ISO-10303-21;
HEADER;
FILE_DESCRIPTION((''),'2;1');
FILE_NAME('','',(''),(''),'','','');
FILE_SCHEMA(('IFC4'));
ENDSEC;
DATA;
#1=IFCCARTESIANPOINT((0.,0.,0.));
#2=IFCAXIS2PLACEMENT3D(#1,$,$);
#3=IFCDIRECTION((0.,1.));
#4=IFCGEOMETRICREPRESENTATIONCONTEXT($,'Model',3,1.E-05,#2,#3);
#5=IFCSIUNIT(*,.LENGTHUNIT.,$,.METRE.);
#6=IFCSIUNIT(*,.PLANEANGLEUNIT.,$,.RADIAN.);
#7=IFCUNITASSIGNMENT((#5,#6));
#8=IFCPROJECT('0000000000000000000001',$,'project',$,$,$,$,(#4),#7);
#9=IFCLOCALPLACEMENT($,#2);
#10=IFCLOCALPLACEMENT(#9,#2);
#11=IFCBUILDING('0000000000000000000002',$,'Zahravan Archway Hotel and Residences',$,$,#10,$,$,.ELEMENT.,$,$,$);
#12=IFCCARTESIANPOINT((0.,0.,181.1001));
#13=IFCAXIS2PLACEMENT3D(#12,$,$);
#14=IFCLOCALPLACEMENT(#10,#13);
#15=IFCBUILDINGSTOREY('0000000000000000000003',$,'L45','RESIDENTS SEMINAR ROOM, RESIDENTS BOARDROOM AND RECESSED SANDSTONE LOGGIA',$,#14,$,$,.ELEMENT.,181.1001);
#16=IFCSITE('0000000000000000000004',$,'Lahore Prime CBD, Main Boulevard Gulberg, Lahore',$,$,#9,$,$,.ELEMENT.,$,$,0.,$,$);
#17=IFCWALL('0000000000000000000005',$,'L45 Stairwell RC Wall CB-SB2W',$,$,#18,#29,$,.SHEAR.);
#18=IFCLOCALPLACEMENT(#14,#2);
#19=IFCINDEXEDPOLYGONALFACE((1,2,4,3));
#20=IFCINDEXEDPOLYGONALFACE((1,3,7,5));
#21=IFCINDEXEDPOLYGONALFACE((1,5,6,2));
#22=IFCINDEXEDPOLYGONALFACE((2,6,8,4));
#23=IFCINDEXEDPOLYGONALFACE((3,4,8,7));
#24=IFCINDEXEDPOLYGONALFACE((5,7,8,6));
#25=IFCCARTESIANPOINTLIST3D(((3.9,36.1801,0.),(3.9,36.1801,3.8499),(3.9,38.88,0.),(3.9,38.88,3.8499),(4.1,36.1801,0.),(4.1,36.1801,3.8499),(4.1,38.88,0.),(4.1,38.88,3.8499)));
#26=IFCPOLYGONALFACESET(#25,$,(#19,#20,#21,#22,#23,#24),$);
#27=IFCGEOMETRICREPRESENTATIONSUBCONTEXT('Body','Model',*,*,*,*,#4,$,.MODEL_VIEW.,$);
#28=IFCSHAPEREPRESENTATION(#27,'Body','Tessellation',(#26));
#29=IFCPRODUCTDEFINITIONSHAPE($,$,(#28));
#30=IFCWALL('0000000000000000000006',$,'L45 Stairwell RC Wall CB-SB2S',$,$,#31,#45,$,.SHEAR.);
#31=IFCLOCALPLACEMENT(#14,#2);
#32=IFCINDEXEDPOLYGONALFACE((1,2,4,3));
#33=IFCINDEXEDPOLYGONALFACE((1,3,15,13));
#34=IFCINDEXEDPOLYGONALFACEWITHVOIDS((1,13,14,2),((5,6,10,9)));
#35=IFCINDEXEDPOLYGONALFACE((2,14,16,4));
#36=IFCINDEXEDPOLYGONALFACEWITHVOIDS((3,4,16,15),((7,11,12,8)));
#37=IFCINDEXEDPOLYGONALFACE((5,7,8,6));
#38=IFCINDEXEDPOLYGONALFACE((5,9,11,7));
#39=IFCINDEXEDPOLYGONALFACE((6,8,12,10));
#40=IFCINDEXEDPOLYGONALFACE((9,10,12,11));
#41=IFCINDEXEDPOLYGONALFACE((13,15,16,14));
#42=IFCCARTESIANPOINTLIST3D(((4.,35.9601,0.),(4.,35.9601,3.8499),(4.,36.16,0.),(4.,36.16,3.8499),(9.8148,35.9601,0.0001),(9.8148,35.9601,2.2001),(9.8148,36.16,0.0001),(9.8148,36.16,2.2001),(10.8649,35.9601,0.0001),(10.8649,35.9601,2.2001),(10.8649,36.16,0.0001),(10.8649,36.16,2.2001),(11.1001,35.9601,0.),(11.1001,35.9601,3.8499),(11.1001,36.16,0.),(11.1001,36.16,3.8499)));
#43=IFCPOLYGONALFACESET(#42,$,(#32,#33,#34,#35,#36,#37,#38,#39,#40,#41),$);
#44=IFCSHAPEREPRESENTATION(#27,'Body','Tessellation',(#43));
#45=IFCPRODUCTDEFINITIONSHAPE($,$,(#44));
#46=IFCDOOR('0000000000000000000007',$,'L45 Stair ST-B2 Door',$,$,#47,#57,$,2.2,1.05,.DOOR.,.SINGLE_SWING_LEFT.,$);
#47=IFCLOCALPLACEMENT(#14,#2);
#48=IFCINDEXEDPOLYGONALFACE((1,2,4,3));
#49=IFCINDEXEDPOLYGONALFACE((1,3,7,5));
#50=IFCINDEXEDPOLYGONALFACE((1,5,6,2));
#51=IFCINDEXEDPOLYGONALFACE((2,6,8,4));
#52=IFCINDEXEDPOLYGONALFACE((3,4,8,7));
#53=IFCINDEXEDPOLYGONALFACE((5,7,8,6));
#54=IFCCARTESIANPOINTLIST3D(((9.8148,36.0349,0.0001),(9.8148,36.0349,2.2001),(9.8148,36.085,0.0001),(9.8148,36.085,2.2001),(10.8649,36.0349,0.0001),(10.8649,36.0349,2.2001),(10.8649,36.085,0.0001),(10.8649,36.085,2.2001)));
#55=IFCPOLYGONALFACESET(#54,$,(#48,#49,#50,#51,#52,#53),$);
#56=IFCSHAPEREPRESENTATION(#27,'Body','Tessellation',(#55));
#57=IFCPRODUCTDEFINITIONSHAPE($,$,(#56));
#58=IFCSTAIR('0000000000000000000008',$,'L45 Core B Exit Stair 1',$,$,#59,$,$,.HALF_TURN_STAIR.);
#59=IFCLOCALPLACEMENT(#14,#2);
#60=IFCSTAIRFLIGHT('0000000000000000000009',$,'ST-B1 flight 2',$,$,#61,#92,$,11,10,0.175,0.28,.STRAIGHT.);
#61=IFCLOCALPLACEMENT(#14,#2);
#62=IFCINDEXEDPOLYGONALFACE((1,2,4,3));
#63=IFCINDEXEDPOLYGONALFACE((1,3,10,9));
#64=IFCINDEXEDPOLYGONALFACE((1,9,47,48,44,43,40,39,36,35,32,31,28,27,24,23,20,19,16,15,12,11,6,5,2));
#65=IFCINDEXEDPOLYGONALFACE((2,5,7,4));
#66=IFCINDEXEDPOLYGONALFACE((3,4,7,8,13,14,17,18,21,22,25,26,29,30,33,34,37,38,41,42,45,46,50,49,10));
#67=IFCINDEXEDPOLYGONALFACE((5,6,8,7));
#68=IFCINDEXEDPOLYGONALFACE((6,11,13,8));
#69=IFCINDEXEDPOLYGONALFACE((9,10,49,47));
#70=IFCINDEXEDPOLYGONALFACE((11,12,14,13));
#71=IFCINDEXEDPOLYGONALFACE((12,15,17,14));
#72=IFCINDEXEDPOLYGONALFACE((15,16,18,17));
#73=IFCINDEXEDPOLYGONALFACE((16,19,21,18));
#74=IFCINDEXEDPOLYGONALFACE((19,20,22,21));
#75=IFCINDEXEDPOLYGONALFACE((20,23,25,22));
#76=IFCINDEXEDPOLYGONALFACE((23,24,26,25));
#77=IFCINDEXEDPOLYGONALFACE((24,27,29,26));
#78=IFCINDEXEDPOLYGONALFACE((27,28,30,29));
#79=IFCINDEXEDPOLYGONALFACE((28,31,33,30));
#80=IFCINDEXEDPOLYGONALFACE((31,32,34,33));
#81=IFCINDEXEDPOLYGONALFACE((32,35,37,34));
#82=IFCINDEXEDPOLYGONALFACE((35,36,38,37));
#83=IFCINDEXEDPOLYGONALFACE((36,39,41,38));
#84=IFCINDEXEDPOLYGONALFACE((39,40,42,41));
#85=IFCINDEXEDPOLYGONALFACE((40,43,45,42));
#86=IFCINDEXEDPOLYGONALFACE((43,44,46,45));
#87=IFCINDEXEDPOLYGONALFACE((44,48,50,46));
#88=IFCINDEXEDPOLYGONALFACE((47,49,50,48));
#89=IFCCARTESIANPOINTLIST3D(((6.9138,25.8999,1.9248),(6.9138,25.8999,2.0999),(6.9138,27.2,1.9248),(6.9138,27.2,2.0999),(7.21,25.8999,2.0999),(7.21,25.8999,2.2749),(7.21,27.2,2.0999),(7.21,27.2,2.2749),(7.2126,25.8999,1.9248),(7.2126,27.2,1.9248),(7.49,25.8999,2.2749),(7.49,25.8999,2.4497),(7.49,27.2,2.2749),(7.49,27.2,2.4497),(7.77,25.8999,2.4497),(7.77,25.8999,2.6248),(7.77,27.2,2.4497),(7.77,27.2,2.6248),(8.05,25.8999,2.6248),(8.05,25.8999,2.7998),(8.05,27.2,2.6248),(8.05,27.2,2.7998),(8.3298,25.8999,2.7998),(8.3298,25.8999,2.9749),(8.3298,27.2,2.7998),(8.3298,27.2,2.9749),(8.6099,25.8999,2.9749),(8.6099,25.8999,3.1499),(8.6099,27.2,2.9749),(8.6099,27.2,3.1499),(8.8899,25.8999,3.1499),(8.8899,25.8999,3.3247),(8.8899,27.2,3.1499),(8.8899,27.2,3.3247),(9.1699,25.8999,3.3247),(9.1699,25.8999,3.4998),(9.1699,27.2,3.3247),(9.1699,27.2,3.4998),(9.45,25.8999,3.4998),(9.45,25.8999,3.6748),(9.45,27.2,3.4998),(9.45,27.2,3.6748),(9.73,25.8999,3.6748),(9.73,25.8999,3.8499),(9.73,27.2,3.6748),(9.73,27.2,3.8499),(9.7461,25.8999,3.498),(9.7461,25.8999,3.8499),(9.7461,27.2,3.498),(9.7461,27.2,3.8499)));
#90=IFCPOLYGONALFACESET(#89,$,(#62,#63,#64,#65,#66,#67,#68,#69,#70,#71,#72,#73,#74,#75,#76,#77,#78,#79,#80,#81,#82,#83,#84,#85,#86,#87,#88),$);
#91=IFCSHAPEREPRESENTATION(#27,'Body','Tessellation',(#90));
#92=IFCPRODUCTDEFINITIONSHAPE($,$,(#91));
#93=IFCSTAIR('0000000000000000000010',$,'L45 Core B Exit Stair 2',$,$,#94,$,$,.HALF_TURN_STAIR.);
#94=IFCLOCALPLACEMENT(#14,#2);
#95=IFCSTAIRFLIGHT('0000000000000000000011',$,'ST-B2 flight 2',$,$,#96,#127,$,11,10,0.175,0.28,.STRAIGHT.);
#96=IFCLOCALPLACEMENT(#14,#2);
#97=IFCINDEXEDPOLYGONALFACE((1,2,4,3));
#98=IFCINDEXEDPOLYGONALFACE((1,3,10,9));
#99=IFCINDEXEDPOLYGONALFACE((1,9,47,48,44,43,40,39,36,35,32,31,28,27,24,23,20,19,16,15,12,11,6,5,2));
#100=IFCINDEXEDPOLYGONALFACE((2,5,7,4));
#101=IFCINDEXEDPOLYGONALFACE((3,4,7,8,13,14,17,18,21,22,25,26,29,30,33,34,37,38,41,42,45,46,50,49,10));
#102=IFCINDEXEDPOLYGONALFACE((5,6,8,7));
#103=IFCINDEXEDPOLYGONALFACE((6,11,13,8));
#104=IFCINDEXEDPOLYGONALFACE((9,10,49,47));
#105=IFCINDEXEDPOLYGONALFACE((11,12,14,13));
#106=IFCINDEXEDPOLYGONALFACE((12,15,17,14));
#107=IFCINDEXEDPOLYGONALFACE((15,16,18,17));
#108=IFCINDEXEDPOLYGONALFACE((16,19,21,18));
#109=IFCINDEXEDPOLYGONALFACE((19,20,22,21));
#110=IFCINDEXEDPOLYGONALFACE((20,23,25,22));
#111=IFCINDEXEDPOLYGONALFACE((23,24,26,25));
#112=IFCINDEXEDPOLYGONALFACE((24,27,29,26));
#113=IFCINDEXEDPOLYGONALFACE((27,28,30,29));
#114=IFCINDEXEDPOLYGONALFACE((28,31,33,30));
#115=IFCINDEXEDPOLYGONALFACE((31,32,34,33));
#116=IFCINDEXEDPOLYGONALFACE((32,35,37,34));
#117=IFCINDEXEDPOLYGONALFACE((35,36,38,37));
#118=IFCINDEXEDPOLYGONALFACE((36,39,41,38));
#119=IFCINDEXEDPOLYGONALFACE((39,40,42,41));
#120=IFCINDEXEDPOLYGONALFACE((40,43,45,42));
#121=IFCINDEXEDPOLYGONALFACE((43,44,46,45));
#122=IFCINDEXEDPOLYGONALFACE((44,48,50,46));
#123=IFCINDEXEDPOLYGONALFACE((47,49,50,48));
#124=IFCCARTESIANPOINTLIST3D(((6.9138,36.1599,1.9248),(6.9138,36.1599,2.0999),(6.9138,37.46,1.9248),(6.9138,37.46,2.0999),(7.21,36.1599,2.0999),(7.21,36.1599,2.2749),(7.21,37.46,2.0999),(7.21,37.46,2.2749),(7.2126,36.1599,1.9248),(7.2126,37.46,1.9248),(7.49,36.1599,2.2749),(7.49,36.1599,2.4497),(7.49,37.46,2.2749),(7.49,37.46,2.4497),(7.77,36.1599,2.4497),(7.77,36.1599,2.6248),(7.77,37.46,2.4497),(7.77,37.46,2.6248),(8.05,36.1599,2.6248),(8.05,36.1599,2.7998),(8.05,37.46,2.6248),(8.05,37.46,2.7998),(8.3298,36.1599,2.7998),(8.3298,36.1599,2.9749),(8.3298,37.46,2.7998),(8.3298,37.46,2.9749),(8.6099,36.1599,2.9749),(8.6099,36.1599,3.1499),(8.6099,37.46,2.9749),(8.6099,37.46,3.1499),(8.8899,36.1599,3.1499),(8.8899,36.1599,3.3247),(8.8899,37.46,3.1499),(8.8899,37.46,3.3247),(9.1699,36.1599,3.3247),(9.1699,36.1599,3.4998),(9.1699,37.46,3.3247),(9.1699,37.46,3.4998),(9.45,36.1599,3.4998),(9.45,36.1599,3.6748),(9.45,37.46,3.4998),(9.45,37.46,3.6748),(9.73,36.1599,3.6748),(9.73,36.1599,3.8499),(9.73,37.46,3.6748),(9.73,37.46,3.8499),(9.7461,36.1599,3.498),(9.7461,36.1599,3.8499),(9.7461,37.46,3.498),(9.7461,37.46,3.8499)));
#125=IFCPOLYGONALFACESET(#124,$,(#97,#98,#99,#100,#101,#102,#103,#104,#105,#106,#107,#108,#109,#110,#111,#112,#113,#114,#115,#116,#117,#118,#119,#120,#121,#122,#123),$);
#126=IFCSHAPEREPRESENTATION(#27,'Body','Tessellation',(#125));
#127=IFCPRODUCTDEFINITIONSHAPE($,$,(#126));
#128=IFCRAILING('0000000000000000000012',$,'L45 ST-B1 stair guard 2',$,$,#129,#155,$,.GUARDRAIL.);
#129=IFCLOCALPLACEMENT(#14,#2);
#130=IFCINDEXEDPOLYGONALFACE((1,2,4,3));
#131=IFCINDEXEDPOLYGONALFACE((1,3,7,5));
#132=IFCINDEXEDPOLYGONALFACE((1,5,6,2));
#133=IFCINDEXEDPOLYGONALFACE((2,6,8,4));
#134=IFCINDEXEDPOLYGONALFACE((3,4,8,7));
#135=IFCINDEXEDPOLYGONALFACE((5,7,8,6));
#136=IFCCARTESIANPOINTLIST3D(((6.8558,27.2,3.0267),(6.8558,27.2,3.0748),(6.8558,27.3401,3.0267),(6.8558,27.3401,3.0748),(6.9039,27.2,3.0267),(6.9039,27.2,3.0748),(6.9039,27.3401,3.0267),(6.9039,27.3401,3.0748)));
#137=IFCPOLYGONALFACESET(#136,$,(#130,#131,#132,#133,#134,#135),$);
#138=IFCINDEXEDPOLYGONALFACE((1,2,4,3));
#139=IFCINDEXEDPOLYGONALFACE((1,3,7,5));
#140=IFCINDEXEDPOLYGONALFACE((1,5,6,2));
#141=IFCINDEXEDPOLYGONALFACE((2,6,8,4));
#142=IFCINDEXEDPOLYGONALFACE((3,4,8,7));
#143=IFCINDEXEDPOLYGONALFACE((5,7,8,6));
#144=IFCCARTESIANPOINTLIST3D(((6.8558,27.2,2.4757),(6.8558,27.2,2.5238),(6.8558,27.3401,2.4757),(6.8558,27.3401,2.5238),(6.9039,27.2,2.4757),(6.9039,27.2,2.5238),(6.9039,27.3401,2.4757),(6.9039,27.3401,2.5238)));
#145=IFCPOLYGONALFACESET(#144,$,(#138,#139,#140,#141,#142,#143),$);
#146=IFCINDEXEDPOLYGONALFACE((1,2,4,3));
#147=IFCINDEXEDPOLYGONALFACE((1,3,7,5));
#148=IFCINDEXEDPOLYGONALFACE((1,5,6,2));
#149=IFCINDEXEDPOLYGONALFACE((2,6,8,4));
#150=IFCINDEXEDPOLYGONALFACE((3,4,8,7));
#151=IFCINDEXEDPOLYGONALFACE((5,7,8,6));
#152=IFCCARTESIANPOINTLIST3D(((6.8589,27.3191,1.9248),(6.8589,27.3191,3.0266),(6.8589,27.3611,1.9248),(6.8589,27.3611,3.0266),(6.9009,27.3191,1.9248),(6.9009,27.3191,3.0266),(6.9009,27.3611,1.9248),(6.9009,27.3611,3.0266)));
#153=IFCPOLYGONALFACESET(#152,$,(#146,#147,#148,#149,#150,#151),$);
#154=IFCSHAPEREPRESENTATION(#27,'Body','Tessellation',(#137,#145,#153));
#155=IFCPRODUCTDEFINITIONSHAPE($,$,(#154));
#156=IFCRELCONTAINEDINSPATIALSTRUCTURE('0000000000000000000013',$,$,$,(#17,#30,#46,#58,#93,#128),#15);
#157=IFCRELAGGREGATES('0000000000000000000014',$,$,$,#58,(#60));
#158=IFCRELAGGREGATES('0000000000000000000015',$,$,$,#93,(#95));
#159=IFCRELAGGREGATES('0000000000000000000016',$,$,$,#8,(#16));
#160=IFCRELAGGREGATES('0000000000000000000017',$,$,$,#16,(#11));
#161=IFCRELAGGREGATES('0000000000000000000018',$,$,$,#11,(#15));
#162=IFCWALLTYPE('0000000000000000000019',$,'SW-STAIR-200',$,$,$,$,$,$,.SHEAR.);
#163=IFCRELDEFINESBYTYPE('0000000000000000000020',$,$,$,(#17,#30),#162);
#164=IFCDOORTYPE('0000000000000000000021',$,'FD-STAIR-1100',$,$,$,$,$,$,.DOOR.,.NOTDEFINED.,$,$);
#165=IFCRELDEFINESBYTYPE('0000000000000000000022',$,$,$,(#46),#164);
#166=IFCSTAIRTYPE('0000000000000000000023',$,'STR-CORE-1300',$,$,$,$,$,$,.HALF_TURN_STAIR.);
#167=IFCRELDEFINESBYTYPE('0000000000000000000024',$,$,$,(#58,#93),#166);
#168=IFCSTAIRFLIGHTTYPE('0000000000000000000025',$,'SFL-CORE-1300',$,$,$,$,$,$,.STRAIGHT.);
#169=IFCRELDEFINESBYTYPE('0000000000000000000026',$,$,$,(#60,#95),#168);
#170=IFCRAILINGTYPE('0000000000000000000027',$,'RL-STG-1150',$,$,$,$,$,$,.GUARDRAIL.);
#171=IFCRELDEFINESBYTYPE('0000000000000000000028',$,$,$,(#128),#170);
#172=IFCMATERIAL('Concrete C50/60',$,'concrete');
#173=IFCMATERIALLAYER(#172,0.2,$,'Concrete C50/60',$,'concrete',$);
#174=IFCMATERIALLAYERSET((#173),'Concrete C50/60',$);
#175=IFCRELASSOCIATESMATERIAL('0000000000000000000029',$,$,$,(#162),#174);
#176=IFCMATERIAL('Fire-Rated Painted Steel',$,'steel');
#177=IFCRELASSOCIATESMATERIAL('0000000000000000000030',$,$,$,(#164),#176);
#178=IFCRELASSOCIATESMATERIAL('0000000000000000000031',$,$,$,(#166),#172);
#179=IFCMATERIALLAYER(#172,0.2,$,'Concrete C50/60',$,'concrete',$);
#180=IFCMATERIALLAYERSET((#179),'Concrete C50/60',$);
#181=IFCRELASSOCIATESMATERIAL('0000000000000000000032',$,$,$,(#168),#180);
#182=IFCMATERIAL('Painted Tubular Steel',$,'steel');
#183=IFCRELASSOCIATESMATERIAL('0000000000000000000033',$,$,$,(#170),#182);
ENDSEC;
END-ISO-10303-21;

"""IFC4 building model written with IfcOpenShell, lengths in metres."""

from ifc_helpers import new_model, si_unit, direction, frame, frame_2d, origin, origin_2d, place, context, subcontext, project, spatial, polyline, rectangle, outline, extrude, source, transform, mapped, material, layer, layer_set, type_object, type_shapes, element, fill, aggregate, save


model = new_model("IFC4")

# Units and contexts
model_context = context("Model", 3, precision=1e-05, world=origin(), true_north=direction((0.0, 1.0)))
body_context = subcontext(model_context, "Body", "Model", "MODEL_VIEW")
ifc_project = project(units=[si_unit("LENGTHUNIT", "METRE"), si_unit("PLANEANGLEUNIT", "RADIAN")], contexts=[model_context])

# Site, building, storey
site_placement = place(None, origin())
site = spatial("IfcSite", under=ifc_project, at=site_placement, Name="Lahore Prime CBD, Main Boulevard Gulberg, Lahore", CompositionType="ELEMENT", RefElevation=0.0)
building_placement = place(site_placement, origin())
building = spatial("IfcBuilding", under=site, at=building_placement, Name="Zahravan Archway Hotel and Residences", CompositionType="ELEMENT")
storey_placement = place(building_placement, frame((0.0, 0.0, 181.1001)))
storey = spatial("IfcBuildingStorey", under=building, at=storey_placement, Name="L45", Description="RESIDENTS SEMINAR ROOM, RESIDENTS BOARDROOM AND RECESSED SANDSTONE LOGGIA", CompositionType="ELEMENT", Elevation=181.1001)

# Shared definitions
ifc_material_1 = material(Name="Fire-Rated Painted Steel", Category="steel")

# Shared definitions
ifc_material_2 = material(Name="Concrete C50/60", Category="concrete")
ifc_layer_1 = layer(ifc_material_2, 0.2, Name="Concrete C50/60", Category="concrete")
ifc_layer_set_1 = layer_set([ifc_layer_1], Name="Concrete C50/60")
wall_type_1 = type_object("IfcWallType", Name="SW-STAIR-200", PredefinedType="SHEAR", material=ifc_layer_set_1)
door_type_1 = type_object("IfcDoorType", Name="FD-STAIR-1100", OperationType="NOTDEFINED", PredefinedType="DOOR", material=ifc_material_1)
shared_shape_1 = source(origin(), body_context, "Body", "SweptSolid", [
    extrude(rectangle(XDim=1.05, YDim=2.2, at=frame_2d((0.5249, 1.1001))), frame((0.0, 0.0249, 0.0), z_axis=(0.0, -1.0, 0.0), x_axis=(1.0, 0.0, 0.0)), (0.0, 0.0, 1.0), 0.05),
])
type_shapes(door_type_1, [shared_shape_1])

# Wall
wall_1_placement = place(storey_placement, frame((4.0, 36.1799, 0.0), z_axis=(0.0, 0.0, 1.0), x_axis=(0.0, 1.0, 0.0)))
element("IfcWall", 1, at=wall_1_placement, inside=storey, type_object=wall_type_1, Name="L45 Stairwell RC Wall CB-SB2W", PredefinedType="SHEAR", context=body_context, shape_type="SweptSolid", body=[
    extrude(rectangle(XDim=2.7, YDim=0.2, at=frame_2d((1.3501, 0.0))), origin(), (0.0, 0.0, 1.0), 3.8499),
])

# Wall, opening, door
wall_2_placement = place(storey_placement, frame((4.0, 36.0601, 0.0), z_axis=(0.0, 0.0, 1.0), x_axis=(1.0, 0.0, 0.0)))
wall_2 = element("IfcWall", 2, at=wall_2_placement, inside=storey, type_object=wall_type_1, Name="L45 Stairwell RC Wall CB-SB2S", PredefinedType="SHEAR", context=body_context, shape_type="SweptSolid", body=[
    extrude(rectangle(XDim=7.1001, YDim=0.2, at=frame_2d((3.55, 0.0))), origin(), (0.0, 0.0, 1.0), 3.8499),
])
opening_1_placement = place(wall_2_placement, frame((5.8149, 0.0, 0.0)))
opening_1 = element("IfcOpeningElement", 3, at=opening_1_placement, cuts=wall_2, PredefinedType="OPENING", context=body_context, shape_type="SweptSolid", body=[
    extrude(rectangle(XDim=1.05, YDim=2.2, at=frame_2d((0.5249, 1.1001))), frame((0.0, 0.1099, 0.0), z_axis=(0.0, -1.0, 0.0), x_axis=(1.0, 0.0, 0.0)), (0.0, 0.0, 1.0), 0.22),
])
door_1_placement = place(opening_1_placement, origin())
door_1 = element("IfcDoor", 4, at=door_1_placement, inside=storey, type_object=door_type_1, Name="L45 Stair ST-B2 Door", OperationType="SINGLE_SWING_LEFT", OverallHeight=2.2, OverallWidth=1.05, PredefinedType="DOOR", context=body_context, shape_type="MappedRepresentation", body=[
    mapped(shared_shape_1, transform((0.0, 0.0, 0.0), scale=1.0)),
])
fill(opening_1, door_1)

# Stairs, stair flights
stair_type = type_object("IfcStairType", Name="STR-CORE-1300", PredefinedType="HALF_TURN_STAIR", material=ifc_material_2)
stair_1_placement = place(storey_placement, origin())
stair_1 = element("IfcStair", 5, at=stair_1_placement, inside=storey, type_object=stair_type, Name="L45 Core B Exit Stair 1", PredefinedType="HALF_TURN_STAIR")
ifc_layer_2 = layer(ifc_material_2, 0.2, Name="Concrete C50/60", Category="concrete")
ifc_layer_set_2 = layer_set([ifc_layer_2], Name="Concrete C50/60")
stair_flight_type = type_object("IfcStairFlightType", Name="SFL-CORE-1300", PredefinedType="STRAIGHT", material=ifc_layer_set_2)
shared_shape_2 = source(origin(), body_context, "Body", "SweptSolid", [
    extrude(outline(polyline([(-0.0161, 0.0), (-0.0161, 0.175), (0.28, 0.175), (0.28, 0.3501), (0.5601, 0.3501), (0.5601, 0.5249), (0.8401, 0.5249), (0.8401, 0.7), (1.1201, 0.7), (1.1201, 0.875), (1.3999, 0.875), (1.3999, 1.05), (1.6799, 1.05), (1.6799, 1.2251), (1.96, 1.2251), (1.96, 1.3999), (2.24, 1.3999), (2.24, 1.575), (2.52, 1.575), (2.52, 1.75), (2.8, 1.75), (2.8, 1.925), (2.8162, 1.925), (2.8162, 1.5732), (0.2827, 0.0), (-0.0161, 0.0)])), frame((0.0, 0.6499, 0.0), z_axis=(0.0, -1.0, 0.0), x_axis=(1.0, 0.0, 0.0)), (0.0, 0.0, 1.0), 1.3),
])
stair_flight_1_placement = place(storey_placement, frame((6.9299, 26.55, 1.9248), z_axis=(0.0, 0.0, 1.0), x_axis=(1.0, 0.0, 0.0)))
stair_flight_1 = element("IfcStairFlight", 6, at=stair_flight_1_placement, type_object=stair_flight_type, Name="ST-B1 flight 2", NumberOfRisers=11, NumberOfTreads=10, PredefinedType="STRAIGHT", RiserHeight=0.175, TreadLength=0.28, context=body_context, shape_type="MappedRepresentation", body=[
    mapped(shared_shape_2, transform((0.0, 0.0, 0.0), scale=1.0)),
])
aggregate(stair_1, [stair_flight_1])
stair_2_placement = place(storey_placement, origin())
stair_2 = element("IfcStair", 7, at=stair_2_placement, inside=storey, type_object=stair_type, Name="L45 Core B Exit Stair 2", PredefinedType="HALF_TURN_STAIR")
stair_flight_2_placement = place(storey_placement, frame((6.9299, 36.8101, 1.9248), z_axis=(0.0, 0.0, 1.0), x_axis=(1.0, 0.0, 0.0)))
stair_flight_2 = element("IfcStairFlight", 8, at=stair_flight_2_placement, type_object=stair_flight_type, Name="ST-B2 flight 2", NumberOfRisers=11, NumberOfTreads=10, PredefinedType="STRAIGHT", RiserHeight=0.175, TreadLength=0.28, context=body_context, shape_type="MappedRepresentation", body=[
    mapped(shared_shape_2, transform((0.0, 0.0, 0.0), scale=1.0)),
])
aggregate(stair_2, [stair_flight_2])

# Railing
ifc_material_3 = material(Name="Painted Tubular Steel", Category="steel")
railing_type_1 = type_object("IfcRailingType", Name="RL-STG-1150", PredefinedType="GUARDRAIL", material=ifc_material_3)
railing_placement = place(storey_placement, frame((6.8799, 27.3401, 1.9248)))
element("IfcRailing", 9, at=railing_placement, inside=storey, type_object=railing_type_1, Name="L45 ST-B1 stair guard 2", PredefinedType="GUARDRAIL", context=body_context, shape_type="SweptSolid", body=[
    extrude(rectangle(XDim=0.0481, YDim=0.0481, at=origin_2d()), frame((0.0, 0.0, 1.126), z_axis=(0.0, -1.0, 0.0), x_axis=(1.0, 0.0, 0.0)), (0.0, 0.0, 1.0), 0.1401),
    extrude(rectangle(XDim=0.0481, YDim=0.0481, at=origin_2d()), frame((0.0, 0.0, 0.575), z_axis=(0.0, -1.0, 0.0), x_axis=(1.0, 0.0, 0.0)), (0.0, 0.0, 1.0), 0.1401),
    extrude(rectangle(XDim=0.042, YDim=0.042, at=origin_2d()), origin(), (0.0, 0.0, 1.0), 1.1018),
])

save(model, "model.ifc")
